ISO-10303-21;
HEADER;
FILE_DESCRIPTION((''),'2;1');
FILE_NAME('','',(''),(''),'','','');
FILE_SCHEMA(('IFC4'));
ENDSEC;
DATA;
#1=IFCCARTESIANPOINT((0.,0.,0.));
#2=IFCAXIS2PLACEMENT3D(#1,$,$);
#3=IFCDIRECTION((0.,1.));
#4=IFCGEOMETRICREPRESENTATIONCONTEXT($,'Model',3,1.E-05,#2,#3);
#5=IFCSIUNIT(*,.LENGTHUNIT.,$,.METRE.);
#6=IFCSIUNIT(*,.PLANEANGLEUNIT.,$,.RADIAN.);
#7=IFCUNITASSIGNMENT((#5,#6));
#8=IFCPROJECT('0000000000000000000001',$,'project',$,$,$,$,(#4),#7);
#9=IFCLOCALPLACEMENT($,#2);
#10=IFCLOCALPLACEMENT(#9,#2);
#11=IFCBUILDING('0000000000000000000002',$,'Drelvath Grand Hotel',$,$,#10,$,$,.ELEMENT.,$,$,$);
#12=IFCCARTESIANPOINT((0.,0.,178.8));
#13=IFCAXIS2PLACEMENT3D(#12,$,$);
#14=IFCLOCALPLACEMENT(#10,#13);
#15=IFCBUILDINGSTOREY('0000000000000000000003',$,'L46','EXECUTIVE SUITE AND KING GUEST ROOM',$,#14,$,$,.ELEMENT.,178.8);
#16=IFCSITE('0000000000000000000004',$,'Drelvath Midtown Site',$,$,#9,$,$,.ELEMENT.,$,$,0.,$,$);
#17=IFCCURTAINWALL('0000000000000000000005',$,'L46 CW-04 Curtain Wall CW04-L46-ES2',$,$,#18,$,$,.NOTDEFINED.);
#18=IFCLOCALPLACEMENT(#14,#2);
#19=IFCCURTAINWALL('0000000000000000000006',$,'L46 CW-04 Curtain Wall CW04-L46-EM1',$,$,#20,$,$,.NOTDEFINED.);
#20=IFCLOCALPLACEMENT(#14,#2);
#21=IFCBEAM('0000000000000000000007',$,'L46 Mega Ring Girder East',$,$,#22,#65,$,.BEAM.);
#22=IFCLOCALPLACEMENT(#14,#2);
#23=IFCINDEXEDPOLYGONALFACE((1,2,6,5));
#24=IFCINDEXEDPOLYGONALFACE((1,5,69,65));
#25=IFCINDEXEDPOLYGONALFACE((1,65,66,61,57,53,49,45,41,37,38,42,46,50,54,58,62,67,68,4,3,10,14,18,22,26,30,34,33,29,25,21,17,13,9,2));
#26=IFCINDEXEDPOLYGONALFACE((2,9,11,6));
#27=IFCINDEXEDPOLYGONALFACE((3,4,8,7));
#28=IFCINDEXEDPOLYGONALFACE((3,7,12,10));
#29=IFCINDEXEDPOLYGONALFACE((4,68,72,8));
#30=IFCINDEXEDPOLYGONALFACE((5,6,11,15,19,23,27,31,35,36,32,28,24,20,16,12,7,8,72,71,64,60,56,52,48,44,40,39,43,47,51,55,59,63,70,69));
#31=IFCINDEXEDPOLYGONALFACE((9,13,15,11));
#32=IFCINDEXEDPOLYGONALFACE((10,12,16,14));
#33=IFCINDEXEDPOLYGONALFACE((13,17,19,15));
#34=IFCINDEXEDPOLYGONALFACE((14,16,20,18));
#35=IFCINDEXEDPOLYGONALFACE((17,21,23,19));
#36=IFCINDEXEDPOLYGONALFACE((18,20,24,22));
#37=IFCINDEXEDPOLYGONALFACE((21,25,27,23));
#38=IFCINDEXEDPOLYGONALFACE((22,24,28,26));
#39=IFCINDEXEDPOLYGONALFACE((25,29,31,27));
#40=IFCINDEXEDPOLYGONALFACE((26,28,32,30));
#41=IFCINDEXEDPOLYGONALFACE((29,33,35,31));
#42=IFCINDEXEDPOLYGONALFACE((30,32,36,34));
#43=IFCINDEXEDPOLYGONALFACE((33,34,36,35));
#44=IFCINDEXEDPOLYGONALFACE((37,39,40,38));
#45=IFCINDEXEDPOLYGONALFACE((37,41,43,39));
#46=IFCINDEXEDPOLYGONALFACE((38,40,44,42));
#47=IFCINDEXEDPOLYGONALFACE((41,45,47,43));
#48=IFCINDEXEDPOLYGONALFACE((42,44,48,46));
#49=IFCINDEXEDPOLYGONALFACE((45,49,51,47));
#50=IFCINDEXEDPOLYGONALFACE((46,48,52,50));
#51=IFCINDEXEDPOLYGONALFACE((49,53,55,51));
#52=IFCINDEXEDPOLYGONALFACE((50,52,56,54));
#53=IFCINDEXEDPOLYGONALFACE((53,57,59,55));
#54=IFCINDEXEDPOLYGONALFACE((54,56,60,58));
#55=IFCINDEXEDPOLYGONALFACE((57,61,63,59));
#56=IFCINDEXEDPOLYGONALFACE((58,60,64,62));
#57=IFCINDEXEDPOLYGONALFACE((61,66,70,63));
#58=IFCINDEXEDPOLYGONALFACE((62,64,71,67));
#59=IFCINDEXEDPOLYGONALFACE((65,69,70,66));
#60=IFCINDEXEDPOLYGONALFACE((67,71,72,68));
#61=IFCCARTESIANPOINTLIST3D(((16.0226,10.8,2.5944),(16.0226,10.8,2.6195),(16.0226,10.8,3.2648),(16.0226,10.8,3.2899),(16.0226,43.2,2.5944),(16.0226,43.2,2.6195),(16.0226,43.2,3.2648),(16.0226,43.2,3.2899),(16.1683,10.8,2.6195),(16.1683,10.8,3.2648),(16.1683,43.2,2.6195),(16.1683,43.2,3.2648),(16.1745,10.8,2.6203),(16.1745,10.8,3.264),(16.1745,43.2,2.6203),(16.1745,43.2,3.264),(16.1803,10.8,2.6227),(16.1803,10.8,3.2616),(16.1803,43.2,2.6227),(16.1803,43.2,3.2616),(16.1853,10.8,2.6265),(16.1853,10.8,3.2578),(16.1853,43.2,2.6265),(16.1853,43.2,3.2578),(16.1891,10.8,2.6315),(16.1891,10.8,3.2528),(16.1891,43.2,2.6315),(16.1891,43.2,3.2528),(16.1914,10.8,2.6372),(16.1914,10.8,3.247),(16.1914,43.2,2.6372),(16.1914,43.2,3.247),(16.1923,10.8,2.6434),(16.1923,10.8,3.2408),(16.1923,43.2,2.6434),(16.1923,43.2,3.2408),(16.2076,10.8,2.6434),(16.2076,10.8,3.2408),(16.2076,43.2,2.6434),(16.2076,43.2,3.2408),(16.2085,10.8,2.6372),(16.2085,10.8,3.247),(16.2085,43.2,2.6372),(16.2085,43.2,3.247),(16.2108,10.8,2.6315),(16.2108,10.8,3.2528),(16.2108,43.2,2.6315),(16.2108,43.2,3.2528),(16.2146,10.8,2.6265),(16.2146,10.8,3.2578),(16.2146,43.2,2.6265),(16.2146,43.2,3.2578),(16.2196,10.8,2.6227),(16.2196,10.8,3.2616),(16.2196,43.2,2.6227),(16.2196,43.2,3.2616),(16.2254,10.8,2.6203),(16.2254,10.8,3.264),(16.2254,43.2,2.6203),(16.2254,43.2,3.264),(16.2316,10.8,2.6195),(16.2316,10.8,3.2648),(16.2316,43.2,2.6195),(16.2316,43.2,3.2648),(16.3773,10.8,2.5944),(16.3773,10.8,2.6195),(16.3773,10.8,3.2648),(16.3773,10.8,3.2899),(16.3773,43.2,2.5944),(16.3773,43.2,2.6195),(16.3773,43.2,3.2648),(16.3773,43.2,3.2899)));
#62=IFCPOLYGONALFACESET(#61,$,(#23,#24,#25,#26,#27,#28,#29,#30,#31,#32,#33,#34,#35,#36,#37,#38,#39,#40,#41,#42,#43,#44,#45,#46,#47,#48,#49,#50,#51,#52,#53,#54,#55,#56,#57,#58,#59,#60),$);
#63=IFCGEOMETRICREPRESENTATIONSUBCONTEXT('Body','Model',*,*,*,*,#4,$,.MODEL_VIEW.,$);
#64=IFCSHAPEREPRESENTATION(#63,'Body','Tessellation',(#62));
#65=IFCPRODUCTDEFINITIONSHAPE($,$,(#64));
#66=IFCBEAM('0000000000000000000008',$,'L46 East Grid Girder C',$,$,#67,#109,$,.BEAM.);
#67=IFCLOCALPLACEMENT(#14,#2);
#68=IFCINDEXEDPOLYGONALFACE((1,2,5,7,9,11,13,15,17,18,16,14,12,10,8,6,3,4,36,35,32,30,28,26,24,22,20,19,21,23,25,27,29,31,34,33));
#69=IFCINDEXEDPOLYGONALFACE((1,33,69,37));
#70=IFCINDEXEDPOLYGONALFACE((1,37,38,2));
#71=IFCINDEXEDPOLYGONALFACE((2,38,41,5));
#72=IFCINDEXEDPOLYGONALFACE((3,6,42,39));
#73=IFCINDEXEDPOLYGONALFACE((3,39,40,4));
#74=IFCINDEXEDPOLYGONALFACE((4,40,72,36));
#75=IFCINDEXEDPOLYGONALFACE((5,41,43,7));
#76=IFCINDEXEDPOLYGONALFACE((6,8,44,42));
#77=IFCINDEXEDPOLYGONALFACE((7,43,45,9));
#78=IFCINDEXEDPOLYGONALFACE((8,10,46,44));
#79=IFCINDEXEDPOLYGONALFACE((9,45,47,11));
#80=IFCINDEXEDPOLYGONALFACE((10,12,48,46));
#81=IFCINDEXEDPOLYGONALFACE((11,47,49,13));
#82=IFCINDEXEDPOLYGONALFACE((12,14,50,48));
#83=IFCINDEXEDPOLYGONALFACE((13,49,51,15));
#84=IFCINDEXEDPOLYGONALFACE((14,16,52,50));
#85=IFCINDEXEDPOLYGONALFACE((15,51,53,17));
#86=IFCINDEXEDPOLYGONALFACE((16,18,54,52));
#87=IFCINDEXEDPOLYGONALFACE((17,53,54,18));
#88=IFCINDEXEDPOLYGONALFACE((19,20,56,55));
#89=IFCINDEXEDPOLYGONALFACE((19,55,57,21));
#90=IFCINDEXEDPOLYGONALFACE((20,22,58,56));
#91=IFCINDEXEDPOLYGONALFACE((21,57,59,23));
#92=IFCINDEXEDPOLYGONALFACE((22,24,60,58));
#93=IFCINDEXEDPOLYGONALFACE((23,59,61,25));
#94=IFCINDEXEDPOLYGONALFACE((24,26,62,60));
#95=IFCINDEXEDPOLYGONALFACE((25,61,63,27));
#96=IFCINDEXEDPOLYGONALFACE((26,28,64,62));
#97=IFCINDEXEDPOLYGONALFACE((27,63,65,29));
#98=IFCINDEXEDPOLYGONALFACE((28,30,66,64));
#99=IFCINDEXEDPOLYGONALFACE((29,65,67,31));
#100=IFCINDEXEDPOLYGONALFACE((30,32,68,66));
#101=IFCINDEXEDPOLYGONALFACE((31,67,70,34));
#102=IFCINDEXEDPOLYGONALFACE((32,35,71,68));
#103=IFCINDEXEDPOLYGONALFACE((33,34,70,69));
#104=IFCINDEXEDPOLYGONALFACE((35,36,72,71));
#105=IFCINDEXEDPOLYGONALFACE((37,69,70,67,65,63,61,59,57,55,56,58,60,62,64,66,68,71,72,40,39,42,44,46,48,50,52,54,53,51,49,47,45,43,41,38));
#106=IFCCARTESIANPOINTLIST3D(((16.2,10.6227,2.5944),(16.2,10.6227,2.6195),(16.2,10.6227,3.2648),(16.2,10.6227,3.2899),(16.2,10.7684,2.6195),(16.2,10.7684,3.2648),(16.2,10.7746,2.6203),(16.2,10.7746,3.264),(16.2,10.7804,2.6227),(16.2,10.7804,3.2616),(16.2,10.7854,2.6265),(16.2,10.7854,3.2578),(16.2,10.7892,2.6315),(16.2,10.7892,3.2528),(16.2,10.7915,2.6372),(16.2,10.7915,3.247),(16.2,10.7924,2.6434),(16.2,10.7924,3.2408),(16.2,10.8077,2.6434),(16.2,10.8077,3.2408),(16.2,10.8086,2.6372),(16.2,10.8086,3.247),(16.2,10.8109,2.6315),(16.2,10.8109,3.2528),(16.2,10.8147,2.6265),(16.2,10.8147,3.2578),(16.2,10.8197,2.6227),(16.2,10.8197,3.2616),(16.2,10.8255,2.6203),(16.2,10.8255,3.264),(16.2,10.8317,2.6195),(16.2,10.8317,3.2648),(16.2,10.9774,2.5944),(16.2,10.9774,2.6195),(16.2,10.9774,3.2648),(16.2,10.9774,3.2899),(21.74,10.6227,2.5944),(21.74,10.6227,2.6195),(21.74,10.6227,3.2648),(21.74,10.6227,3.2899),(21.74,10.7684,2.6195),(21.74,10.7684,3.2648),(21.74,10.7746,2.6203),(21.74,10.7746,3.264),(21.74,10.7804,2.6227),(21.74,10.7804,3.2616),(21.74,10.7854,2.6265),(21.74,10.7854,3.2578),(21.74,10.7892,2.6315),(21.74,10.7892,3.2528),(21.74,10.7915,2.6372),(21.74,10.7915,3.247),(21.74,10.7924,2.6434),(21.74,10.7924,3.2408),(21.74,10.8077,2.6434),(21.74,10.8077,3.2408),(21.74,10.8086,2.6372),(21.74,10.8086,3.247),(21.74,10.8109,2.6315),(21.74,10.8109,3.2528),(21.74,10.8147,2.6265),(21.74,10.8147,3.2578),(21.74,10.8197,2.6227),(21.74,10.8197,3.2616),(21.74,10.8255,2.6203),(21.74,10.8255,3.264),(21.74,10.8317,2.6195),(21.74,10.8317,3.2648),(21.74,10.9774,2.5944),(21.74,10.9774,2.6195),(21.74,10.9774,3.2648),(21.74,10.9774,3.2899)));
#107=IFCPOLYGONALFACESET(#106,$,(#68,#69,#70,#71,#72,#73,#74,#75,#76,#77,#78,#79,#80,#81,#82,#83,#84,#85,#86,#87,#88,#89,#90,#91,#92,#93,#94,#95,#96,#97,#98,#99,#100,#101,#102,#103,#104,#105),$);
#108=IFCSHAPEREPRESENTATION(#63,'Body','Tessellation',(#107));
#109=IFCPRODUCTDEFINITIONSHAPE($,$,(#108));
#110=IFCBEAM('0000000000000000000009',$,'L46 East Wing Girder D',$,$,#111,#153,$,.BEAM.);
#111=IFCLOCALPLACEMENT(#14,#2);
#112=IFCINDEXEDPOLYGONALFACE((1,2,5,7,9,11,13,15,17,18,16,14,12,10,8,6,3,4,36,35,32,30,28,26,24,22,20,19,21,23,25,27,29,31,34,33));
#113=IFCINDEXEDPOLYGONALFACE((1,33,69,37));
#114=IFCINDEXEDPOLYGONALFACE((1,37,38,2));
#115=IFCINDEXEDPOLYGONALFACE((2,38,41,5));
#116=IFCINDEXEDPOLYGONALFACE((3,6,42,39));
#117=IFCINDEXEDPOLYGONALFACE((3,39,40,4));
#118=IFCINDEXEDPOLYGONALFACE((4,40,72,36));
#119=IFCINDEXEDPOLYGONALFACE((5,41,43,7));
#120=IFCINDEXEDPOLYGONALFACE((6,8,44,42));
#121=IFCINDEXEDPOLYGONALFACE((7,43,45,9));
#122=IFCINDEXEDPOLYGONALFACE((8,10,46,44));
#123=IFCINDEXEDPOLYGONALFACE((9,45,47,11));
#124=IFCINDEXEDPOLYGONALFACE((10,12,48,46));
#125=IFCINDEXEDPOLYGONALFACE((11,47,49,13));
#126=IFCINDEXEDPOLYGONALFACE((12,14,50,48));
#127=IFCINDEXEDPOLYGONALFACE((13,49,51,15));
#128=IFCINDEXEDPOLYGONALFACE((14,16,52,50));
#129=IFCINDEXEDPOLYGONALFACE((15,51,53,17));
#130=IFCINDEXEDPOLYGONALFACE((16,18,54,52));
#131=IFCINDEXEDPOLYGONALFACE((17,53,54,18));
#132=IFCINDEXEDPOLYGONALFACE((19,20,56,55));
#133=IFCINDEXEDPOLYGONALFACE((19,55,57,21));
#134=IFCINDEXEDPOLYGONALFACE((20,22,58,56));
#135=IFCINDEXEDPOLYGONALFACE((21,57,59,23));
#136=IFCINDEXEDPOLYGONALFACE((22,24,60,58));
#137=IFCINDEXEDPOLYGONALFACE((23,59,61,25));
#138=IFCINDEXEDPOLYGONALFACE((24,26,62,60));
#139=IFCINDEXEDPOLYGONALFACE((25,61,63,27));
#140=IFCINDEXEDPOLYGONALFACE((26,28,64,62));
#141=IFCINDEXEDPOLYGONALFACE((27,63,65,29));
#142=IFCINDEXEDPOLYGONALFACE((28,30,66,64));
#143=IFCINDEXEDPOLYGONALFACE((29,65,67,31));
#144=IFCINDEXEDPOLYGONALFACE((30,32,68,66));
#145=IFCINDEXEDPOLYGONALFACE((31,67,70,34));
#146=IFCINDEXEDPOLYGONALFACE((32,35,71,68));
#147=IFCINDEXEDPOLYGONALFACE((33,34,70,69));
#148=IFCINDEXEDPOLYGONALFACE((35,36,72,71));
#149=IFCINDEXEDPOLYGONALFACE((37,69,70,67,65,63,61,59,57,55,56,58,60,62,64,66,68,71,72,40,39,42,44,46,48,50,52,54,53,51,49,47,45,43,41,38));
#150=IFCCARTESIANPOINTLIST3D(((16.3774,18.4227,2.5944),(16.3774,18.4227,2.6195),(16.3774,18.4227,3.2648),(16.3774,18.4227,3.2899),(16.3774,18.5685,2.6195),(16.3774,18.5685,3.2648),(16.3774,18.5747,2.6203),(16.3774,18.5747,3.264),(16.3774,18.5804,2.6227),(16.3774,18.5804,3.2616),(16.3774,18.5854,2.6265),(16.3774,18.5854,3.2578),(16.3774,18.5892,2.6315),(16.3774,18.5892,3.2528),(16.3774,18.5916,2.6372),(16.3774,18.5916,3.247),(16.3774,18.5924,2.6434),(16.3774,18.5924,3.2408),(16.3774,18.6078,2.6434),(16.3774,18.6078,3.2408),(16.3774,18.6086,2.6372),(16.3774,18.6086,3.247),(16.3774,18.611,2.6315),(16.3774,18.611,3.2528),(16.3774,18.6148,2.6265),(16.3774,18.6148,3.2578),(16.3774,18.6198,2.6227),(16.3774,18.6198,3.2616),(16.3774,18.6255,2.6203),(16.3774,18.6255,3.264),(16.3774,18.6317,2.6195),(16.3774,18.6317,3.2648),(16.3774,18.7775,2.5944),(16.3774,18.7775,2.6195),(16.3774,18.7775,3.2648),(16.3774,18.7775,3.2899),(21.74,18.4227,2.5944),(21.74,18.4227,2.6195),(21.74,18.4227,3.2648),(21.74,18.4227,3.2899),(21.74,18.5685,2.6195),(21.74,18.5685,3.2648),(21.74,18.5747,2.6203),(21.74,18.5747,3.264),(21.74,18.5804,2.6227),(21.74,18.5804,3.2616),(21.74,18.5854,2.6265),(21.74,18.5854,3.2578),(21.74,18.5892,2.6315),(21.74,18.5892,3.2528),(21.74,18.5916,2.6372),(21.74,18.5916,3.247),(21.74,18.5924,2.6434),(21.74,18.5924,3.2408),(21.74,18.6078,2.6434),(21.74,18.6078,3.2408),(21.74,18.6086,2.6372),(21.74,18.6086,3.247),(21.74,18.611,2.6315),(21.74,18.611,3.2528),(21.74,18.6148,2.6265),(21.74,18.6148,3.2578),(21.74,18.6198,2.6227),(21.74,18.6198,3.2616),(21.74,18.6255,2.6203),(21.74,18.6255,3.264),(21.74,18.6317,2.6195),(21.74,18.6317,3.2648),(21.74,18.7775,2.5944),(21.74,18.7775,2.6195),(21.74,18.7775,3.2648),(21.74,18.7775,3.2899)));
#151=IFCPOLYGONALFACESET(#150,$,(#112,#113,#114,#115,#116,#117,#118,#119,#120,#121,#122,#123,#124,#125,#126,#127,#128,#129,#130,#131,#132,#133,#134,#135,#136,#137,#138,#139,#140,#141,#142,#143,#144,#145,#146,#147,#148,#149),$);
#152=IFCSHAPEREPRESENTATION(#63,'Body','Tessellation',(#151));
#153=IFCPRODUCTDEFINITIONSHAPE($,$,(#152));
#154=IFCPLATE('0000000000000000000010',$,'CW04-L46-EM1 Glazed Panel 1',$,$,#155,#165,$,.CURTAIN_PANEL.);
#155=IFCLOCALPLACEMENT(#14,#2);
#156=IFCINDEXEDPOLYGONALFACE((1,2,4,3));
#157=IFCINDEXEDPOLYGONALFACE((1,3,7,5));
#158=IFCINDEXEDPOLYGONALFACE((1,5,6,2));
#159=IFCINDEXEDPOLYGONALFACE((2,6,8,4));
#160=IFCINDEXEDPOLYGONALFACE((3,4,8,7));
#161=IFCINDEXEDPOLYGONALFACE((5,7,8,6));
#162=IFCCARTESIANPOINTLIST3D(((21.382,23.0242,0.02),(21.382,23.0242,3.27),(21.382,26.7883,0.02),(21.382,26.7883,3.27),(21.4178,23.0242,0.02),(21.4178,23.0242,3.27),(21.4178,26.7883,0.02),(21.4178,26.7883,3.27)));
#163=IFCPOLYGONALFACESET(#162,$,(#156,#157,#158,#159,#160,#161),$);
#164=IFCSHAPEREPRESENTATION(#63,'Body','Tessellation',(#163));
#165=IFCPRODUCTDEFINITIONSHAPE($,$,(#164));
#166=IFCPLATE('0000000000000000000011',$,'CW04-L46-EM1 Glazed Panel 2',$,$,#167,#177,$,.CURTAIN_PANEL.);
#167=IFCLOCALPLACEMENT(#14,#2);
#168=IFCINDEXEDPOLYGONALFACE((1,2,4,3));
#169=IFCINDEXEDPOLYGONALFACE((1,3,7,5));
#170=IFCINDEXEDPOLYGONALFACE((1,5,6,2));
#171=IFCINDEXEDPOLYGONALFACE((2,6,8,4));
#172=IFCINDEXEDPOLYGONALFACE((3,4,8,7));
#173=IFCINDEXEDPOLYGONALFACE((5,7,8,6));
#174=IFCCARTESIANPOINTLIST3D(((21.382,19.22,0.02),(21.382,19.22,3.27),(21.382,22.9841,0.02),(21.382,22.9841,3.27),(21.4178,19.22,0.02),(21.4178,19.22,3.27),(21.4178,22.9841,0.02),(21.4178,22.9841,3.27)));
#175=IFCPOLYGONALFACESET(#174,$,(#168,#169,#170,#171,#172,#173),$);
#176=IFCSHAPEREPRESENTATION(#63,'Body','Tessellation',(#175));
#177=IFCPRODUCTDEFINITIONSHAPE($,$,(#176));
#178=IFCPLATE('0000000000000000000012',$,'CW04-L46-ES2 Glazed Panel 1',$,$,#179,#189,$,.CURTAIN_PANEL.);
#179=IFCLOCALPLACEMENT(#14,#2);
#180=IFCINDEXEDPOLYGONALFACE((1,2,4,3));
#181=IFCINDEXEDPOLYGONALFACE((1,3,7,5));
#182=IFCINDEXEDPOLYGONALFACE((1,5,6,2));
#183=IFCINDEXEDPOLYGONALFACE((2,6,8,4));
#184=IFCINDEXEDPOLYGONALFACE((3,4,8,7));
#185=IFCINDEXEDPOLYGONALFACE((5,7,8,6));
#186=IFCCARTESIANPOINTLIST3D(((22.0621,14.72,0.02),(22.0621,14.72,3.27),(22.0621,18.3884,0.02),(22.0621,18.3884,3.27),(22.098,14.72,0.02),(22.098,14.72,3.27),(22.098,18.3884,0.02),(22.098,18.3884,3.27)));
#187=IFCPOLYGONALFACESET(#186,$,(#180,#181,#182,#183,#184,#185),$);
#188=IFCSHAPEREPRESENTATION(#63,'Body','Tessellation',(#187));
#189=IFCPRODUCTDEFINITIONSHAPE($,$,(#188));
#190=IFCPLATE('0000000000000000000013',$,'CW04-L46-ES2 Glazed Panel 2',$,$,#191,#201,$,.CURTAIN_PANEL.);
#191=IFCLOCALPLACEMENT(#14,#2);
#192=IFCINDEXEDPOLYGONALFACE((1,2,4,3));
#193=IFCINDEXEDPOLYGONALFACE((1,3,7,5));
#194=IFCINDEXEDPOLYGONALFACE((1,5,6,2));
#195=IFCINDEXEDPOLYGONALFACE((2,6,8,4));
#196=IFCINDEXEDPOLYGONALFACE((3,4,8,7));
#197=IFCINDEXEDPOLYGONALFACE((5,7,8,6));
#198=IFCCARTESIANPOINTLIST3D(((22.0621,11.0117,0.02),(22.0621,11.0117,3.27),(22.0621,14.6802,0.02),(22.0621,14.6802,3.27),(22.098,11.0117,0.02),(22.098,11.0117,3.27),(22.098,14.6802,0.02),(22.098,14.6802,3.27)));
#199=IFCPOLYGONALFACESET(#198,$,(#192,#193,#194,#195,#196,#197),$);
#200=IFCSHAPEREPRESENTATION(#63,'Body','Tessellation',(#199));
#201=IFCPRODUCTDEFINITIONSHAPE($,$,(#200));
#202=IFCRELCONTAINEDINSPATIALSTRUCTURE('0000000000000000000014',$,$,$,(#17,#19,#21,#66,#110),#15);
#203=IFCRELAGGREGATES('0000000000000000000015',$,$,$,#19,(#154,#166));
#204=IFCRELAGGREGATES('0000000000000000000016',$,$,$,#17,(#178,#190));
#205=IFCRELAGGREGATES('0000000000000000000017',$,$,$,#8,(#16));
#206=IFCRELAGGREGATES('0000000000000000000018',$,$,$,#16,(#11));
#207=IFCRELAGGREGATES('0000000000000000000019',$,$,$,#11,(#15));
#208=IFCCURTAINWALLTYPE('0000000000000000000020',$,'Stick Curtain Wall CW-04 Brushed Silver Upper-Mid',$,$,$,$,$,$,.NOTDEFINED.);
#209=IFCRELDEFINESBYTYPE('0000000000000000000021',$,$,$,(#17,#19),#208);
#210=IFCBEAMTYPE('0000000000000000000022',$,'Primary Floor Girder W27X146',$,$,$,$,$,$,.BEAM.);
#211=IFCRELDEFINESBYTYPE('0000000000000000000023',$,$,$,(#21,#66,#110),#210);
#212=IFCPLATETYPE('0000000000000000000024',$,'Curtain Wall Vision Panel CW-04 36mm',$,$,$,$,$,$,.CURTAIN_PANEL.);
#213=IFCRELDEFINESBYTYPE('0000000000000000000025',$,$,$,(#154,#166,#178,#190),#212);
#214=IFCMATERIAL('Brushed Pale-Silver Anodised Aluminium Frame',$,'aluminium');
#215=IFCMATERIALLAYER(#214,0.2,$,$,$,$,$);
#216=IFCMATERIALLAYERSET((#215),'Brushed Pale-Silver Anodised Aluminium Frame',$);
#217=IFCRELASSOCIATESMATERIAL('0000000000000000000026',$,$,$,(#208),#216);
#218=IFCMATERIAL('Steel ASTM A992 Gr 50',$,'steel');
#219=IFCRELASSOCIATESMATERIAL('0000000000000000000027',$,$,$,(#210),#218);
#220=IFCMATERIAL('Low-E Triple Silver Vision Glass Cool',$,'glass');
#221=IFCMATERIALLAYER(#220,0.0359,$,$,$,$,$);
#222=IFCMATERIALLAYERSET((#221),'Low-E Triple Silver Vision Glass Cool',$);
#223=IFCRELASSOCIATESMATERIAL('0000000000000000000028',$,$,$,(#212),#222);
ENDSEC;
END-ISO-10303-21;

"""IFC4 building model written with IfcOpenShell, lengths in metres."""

from ifc_helpers import new_model, si_unit, direction, frame, origin, origin_2d, place, context, subcontext, project, spatial, rectangle, i_section, extrude, material, layer, layer_set, material_profile, profile_set, type_object, element, aggregate, save


model = new_model("IFC4")

# Units and contexts
model_context = context("Model", 3, precision=1e-05, world=origin(), true_north=direction((0.0, 1.0)))
body_context = subcontext(model_context, "Body", "Model", "MODEL_VIEW")
ifc_project = project(units=[si_unit("LENGTHUNIT", "METRE"), si_unit("PLANEANGLEUNIT", "RADIAN")], contexts=[model_context])

# Site, building, storey
site_placement = place(None, origin())
site = spatial("IfcSite", under=ifc_project, at=site_placement, Name="Drelvath Midtown Site", CompositionType="ELEMENT", RefElevation=0.0)
building_placement = place(site_placement, origin())
building = spatial("IfcBuilding", under=site, at=building_placement, Name="Drelvath Grand Hotel", CompositionType="ELEMENT")
storey_placement = place(building_placement, frame((0.0, 0.0, 178.8)))
storey = spatial("IfcBuildingStorey", under=building, at=storey_placement, Name="L46", Description="EXECUTIVE SUITE AND KING GUEST ROOM", CompositionType="ELEMENT", Elevation=178.8)

# Shared definitions
ifc_material_1 = material(Name="Steel ASTM A992 Gr 50", Category="steel")

# Curtain wall
ifc_material_2 = material(Name="Brushed Pale-Silver Anodised Aluminium Frame", Category="aluminium")
ifc_layer_1 = layer(ifc_material_2, 0.2)
ifc_layer_set_1 = layer_set([ifc_layer_1], Name="Brushed Pale-Silver Anodised Aluminium Frame")
curtain_wall_type = type_object("IfcCurtainWallType", Name="Stick Curtain Wall CW-04 Brushed Silver Upper-Mid", PredefinedType="NOTDEFINED", material=ifc_layer_set_1)
curtain_wall_1_placement = place(storey_placement, origin())
curtain_wall_1 = element("IfcCurtainWall", 1, at=curtain_wall_1_placement, inside=storey, type_object=curtain_wall_type, Name="L46 CW-04 Curtain Wall CW04-L46-ES2", PredefinedType="NOTDEFINED")

# Curtain wall
curtain_wall_2_placement = place(storey_placement, origin())
curtain_wall_2 = element("IfcCurtainWall", 2, at=curtain_wall_2_placement, inside=storey, type_object=curtain_wall_type, Name="L46 CW-04 Curtain Wall CW04-L46-EM1", PredefinedType="NOTDEFINED")

# Beams
ifc_material_profile_1 = material_profile(ifc_material_1, i_section(OverallWidth=0.3547, OverallDepth=0.6956, WebThickness=0.0154, FlangeThickness=0.0251, FilletRadius=0.0239, at=origin_2d()), Name="W27X146")
ifc_profile_set_1 = profile_set([ifc_material_profile_1], Name="Steel ASTM A992 Gr 50")
beam_type_1 = type_object("IfcBeamType", Name="Primary Floor Girder W27X146", PredefinedType="BEAM", material=ifc_profile_set_1)
beam_1_placement = place(storey_placement, frame((16.2, 10.8, 2.9421), z_axis=(0.0, 1.0, 0.0), x_axis=(-1.0, 0.0, 0.0)))
element("IfcBeam", 3, at=beam_1_placement, inside=storey, type_object=beam_type_1, Name="L46 Mega Ring Girder East", PredefinedType="BEAM", context=body_context, shape_type="SweptSolid", body=[
    extrude(i_section(OverallWidth=0.3547, OverallDepth=0.6956, WebThickness=0.0154, FlangeThickness=0.0251, FilletRadius=0.0239, at=origin_2d()), origin(), (0.0, 0.0, 1.0), 32.3999),
])
beam_2_placement = place(storey_placement, frame((16.2, 10.8, 2.9421), z_axis=(1.0, 0.0, 0.0), x_axis=(0.0, 1.0, 0.0)))
element("IfcBeam", 4, at=beam_2_placement, inside=storey, type_object=beam_type_1, Name="L46 East Grid Girder C", PredefinedType="BEAM", context=body_context, shape_type="SweptSolid", body=[
    extrude(i_section(OverallWidth=0.3547, OverallDepth=0.6956, WebThickness=0.0154, FlangeThickness=0.0251, FilletRadius=0.0239, at=origin_2d()), origin(), (0.0, 0.0, 1.0), 5.54),
])
beam_3_placement = place(storey_placement, frame((16.3774, 18.6001, 2.9421), z_axis=(1.0, 0.0, 0.0), x_axis=(0.0, 1.0, 0.0)))
element("IfcBeam", 5, at=beam_3_placement, inside=storey, type_object=beam_type_1, Name="L46 East Wing Girder D", PredefinedType="BEAM", context=body_context, shape_type="SweptSolid", body=[
    extrude(i_section(OverallWidth=0.3547, OverallDepth=0.6956, WebThickness=0.0154, FlangeThickness=0.0251, FilletRadius=0.0239, at=origin_2d()), origin(), (0.0, 0.0, 1.0), 5.3625),
])

# Plates
ifc_material_3 = material(Name="Low-E Triple Silver Vision Glass Cool", Category="glass")
ifc_layer_2 = layer(ifc_material_3, 0.0359)
ifc_layer_set_2 = layer_set([ifc_layer_2], Name="Low-E Triple Silver Vision Glass Cool")
plate_type = type_object("IfcPlateType", Name="Curtain Wall Vision Panel CW-04 36mm", PredefinedType="CURTAIN_PANEL", material=ifc_layer_set_2)
plate_1_placement = place(storey_placement, frame((21.3999, 24.9062, 0.02), z_axis=(0.0, 0.0, 1.0), x_axis=(0.0, -1.0, 0.0)))
plate_1 = element("IfcPlate", 6, at=plate_1_placement, type_object=plate_type, Name="CW04-L46-EM1 Glazed Panel 1", PredefinedType="CURTAIN_PANEL", context=body_context, shape_type="SweptSolid", body=[
    extrude(rectangle(XDim=3.7642, YDim=0.0359, at=origin_2d()), origin(), (0.0, 0.0, 1.0), 3.25),
])
plate_2_placement = place(storey_placement, frame((21.3999, 21.1021, 0.02), z_axis=(0.0, 0.0, 1.0), x_axis=(0.0, -1.0, 0.0)))
plate_2 = element("IfcPlate", 7, at=plate_2_placement, type_object=plate_type, Name="CW04-L46-EM1 Glazed Panel 2", PredefinedType="CURTAIN_PANEL", context=body_context, shape_type="SweptSolid", body=[
    extrude(rectangle(XDim=3.7642, YDim=0.0359, at=origin_2d()), origin(), (0.0, 0.0, 1.0), 3.25),
])
aggregate(curtain_wall_2, [plate_1, plate_2])
plate_3_placement = place(storey_placement, frame((22.0801, 16.5542, 0.02), z_axis=(0.0, 0.0, 1.0), x_axis=(0.0, -1.0, 0.0)))
plate_3 = element("IfcPlate", 8, at=plate_3_placement, type_object=plate_type, Name="CW04-L46-ES2 Glazed Panel 1", PredefinedType="CURTAIN_PANEL", context=body_context, shape_type="SweptSolid", body=[
    extrude(rectangle(XDim=3.6685, YDim=0.0359, at=origin_2d()), origin(), (0.0, 0.0, 1.0), 3.25),
])
plate_4_placement = place(storey_placement, frame((22.0801, 12.8459, 0.02), z_axis=(0.0, 0.0, 1.0), x_axis=(0.0, -1.0, 0.0)))
plate_4 = element("IfcPlate", 9, at=plate_4_placement, type_object=plate_type, Name="CW04-L46-ES2 Glazed Panel 2", PredefinedType="CURTAIN_PANEL", context=body_context, shape_type="SweptSolid", body=[
    extrude(rectangle(XDim=3.6685, YDim=0.0359, at=origin_2d()), origin(), (0.0, 0.0, 1.0), 3.25),
])
aggregate(curtain_wall_1, [plate_3, plate_4])

save(model, "model.ifc")
